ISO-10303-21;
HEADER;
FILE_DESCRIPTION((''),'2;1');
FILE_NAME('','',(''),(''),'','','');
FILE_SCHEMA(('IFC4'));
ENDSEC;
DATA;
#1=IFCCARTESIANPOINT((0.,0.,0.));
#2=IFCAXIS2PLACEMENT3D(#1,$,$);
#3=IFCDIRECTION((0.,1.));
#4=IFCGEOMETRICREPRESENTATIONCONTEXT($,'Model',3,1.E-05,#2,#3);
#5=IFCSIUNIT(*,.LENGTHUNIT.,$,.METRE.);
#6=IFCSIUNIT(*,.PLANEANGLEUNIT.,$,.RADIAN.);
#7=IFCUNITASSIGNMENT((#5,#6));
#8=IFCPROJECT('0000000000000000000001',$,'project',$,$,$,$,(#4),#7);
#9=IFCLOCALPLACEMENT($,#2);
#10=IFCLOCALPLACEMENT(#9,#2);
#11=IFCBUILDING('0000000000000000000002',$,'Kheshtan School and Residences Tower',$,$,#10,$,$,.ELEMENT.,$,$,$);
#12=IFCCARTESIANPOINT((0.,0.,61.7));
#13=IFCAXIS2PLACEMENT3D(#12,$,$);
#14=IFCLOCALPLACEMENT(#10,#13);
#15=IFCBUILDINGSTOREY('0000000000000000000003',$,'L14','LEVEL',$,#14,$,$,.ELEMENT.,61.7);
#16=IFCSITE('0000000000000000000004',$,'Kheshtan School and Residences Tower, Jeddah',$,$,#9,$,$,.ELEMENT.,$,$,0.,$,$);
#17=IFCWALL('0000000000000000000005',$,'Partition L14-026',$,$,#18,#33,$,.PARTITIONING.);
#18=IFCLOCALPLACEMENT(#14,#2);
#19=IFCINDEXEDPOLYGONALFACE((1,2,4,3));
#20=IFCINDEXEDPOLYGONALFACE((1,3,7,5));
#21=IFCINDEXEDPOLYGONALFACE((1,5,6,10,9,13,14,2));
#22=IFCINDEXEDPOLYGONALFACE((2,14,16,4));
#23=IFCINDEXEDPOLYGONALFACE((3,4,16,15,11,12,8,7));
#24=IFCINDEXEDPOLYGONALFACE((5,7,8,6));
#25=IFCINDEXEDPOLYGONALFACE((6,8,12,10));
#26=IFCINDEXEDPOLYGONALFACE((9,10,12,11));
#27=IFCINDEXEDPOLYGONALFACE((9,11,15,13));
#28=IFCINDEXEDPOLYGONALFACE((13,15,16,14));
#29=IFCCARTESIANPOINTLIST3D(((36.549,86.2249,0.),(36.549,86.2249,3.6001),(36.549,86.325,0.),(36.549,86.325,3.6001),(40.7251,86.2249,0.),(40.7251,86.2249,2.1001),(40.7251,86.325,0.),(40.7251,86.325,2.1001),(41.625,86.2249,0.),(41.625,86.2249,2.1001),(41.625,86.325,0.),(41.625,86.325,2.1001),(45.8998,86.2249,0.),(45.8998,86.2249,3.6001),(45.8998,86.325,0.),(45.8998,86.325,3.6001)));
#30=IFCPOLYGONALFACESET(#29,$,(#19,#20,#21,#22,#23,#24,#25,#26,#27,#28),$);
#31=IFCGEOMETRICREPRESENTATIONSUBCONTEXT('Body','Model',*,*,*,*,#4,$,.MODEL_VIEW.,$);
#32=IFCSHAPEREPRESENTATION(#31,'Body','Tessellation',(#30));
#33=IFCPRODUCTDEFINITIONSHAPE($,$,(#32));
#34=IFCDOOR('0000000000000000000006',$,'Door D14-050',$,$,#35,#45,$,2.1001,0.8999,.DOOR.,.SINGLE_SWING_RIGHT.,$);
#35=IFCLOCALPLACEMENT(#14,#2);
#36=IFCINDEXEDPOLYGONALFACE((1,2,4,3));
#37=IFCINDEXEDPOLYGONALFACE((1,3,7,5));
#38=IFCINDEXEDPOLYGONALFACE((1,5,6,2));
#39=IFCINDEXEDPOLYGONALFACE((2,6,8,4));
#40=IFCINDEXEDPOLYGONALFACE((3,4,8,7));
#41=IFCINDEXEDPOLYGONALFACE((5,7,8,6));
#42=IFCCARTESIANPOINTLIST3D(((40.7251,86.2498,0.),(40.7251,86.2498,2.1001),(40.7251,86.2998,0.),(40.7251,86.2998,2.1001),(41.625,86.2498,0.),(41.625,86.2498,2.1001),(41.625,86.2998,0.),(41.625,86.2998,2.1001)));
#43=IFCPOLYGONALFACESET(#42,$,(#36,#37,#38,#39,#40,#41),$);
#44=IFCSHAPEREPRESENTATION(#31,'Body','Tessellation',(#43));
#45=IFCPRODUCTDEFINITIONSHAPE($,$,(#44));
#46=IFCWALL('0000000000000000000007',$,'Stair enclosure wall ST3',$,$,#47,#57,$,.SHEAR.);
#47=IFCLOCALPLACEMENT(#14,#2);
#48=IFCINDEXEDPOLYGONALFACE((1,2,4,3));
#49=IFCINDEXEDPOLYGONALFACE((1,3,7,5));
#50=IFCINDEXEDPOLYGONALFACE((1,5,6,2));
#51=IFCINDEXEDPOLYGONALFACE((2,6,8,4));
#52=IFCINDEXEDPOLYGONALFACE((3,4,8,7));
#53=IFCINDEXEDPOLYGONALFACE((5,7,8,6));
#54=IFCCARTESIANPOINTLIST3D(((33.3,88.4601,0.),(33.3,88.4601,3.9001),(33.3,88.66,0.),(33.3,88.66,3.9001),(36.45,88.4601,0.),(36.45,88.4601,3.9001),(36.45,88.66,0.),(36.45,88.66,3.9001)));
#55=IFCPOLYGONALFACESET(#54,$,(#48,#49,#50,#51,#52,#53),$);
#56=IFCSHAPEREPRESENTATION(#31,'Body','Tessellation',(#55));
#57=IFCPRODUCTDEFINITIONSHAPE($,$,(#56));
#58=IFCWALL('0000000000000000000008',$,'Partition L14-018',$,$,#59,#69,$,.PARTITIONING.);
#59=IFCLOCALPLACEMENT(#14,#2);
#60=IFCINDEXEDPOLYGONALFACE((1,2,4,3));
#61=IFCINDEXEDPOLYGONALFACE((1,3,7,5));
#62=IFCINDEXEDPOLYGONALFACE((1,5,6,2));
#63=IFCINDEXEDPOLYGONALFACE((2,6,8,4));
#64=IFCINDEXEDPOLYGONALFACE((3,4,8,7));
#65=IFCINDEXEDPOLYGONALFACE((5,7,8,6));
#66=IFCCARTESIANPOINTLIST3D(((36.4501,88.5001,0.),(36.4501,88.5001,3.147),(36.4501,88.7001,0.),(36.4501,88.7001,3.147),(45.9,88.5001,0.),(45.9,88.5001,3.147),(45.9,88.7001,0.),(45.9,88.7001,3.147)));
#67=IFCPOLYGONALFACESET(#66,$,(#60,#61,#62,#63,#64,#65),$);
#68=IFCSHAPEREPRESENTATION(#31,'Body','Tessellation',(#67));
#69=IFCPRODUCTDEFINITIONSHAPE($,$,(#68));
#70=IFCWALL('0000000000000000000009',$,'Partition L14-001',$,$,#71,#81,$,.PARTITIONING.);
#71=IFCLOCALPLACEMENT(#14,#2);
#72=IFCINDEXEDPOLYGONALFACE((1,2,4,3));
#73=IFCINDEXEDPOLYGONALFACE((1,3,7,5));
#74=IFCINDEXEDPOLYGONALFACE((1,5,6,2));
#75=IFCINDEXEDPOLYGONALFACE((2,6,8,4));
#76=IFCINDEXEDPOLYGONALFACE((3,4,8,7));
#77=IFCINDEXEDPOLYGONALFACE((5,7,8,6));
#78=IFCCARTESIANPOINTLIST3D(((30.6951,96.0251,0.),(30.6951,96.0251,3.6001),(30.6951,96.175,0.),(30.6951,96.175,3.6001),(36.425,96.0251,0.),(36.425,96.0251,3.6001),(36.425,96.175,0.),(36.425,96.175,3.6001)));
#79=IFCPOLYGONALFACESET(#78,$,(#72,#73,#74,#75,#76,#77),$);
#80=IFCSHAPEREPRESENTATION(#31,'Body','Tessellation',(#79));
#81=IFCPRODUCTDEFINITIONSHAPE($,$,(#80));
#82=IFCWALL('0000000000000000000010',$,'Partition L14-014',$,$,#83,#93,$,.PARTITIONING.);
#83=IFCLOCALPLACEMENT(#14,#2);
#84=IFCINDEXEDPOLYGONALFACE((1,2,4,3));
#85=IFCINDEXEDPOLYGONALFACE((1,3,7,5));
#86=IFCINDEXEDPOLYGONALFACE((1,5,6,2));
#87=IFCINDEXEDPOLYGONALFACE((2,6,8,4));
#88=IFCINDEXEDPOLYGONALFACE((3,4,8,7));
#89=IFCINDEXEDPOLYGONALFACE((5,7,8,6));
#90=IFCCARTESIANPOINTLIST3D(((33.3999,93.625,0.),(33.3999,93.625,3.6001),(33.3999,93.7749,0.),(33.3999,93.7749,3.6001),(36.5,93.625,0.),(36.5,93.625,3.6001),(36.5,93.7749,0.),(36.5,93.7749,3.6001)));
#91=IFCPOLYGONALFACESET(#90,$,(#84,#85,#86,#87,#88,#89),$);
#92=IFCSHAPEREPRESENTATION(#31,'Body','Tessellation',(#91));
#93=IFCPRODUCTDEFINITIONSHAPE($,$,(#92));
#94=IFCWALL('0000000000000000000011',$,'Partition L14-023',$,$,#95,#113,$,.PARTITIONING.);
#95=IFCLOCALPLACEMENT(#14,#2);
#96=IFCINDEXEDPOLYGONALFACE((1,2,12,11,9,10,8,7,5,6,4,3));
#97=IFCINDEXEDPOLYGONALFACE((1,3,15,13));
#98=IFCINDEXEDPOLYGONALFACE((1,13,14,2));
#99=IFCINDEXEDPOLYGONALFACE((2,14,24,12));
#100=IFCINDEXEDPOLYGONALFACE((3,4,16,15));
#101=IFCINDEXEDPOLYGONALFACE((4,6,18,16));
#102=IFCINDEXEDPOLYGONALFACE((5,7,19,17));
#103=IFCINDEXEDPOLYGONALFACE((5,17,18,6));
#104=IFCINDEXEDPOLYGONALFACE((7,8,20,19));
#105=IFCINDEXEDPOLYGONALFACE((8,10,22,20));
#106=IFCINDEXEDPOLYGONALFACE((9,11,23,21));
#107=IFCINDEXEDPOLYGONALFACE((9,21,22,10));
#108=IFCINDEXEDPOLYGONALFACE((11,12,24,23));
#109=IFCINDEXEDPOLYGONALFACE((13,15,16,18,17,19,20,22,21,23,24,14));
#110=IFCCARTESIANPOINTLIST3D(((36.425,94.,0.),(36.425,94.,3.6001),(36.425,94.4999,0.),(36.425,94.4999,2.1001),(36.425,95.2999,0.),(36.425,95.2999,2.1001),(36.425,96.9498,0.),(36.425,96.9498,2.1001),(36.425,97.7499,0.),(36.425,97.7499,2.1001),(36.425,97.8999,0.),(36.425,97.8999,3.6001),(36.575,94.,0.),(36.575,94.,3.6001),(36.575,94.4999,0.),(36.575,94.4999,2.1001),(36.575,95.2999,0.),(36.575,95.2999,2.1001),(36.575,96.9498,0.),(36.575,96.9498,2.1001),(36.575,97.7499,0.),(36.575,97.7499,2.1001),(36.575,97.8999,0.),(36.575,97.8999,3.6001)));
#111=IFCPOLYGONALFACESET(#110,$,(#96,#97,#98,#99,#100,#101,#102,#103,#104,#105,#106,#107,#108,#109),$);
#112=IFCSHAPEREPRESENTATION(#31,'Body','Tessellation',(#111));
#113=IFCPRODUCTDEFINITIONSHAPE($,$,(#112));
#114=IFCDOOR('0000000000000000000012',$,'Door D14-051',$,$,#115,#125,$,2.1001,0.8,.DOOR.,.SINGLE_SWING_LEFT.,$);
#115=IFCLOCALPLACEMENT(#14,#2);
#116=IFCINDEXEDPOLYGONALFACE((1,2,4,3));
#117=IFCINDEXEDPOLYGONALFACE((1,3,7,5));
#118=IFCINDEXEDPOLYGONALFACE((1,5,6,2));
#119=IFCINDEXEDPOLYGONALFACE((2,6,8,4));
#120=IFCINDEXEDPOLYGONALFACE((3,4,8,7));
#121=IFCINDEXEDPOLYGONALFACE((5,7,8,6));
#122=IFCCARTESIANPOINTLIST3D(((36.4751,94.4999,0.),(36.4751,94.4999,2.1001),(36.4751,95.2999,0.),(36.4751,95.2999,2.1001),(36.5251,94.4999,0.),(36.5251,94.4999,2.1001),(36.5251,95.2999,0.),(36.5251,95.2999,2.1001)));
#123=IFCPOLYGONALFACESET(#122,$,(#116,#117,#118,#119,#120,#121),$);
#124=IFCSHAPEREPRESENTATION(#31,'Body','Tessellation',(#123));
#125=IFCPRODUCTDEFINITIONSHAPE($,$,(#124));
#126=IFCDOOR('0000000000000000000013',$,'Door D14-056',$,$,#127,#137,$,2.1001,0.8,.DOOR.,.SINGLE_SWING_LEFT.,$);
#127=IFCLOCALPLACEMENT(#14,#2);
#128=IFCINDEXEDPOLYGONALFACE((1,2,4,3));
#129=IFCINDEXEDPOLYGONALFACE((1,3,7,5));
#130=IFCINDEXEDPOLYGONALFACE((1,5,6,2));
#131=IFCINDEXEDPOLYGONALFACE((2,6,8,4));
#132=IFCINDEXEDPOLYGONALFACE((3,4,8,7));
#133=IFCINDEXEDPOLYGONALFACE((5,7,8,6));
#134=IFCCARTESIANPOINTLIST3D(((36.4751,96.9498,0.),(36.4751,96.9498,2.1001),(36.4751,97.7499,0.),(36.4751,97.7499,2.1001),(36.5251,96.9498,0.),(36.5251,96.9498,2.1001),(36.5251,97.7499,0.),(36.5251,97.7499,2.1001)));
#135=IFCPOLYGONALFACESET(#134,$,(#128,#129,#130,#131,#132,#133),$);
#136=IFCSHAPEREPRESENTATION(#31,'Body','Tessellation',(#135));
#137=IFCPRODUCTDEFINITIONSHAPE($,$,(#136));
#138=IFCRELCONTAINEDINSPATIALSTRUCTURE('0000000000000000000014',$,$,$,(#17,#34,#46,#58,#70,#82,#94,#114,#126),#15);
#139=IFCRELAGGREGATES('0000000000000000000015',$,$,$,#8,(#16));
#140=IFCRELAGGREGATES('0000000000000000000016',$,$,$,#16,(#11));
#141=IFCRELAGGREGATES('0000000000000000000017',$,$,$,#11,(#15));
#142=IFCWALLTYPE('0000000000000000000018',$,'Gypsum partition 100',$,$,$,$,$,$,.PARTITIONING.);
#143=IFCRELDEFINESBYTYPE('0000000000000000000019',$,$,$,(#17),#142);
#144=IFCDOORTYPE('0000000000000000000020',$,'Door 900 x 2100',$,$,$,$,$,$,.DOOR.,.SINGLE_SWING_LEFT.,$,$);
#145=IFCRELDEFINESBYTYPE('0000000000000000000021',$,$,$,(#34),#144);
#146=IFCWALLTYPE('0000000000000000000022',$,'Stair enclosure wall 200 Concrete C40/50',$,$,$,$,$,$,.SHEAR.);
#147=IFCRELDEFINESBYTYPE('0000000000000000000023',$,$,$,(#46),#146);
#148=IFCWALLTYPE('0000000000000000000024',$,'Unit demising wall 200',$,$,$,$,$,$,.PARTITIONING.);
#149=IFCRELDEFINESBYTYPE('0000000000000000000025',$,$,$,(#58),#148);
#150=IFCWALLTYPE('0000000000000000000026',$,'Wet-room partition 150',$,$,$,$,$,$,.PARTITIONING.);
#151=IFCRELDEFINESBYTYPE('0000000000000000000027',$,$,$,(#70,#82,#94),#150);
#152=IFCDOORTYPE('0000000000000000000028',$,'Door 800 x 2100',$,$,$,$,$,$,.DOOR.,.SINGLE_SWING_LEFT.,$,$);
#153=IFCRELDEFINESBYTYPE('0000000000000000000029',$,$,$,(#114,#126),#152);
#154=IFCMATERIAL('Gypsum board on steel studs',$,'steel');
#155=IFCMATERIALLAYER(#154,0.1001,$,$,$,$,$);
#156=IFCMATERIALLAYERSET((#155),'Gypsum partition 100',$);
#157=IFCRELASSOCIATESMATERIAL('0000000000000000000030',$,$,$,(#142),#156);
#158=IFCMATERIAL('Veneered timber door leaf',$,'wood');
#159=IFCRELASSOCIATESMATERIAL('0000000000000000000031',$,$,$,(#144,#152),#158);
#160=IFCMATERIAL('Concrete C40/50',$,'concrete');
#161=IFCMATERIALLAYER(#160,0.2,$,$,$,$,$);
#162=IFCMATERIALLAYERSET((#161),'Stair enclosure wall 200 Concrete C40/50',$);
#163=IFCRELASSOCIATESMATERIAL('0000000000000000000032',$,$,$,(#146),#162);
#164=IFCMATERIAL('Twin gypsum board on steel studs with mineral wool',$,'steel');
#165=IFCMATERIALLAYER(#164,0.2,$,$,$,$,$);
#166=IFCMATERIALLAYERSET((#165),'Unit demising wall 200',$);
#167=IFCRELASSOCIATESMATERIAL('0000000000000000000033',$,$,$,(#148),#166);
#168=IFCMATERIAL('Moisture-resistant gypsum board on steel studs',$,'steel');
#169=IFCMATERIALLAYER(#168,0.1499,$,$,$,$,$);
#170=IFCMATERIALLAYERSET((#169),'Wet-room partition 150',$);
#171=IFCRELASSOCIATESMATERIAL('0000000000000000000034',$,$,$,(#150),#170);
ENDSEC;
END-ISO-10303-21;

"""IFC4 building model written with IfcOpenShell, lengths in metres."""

from ifc_helpers import new_model, si_unit, direction, frame, frame_2d, origin, place, context, subcontext, project, spatial, rectangle, extrude, source, transform, mapped, material, layer, layer_set, type_object, element, fill, save


model = new_model("IFC4")

# Units and contexts
model_context = context("Model", 3, precision=1e-05, world=origin(), true_north=direction((0.0, 1.0)))
body_context = subcontext(model_context, "Body", "Model", "MODEL_VIEW")
ifc_project = project(units=[si_unit("LENGTHUNIT", "METRE"), si_unit("PLANEANGLEUNIT", "RADIAN")], contexts=[model_context])

# Site, building, storey
site_placement = place(None, origin())
site = spatial("IfcSite", under=ifc_project, at=site_placement, Name="Kheshtan School and Residences Tower, Jeddah", CompositionType="ELEMENT", RefElevation=0.0)
building_placement = place(site_placement, origin())
building = spatial("IfcBuilding", under=site, at=building_placement, Name="Kheshtan School and Residences Tower", CompositionType="ELEMENT")
storey_placement = place(building_placement, frame((0.0, 0.0, 61.7)))
storey = spatial("IfcBuildingStorey", under=building, at=storey_placement, Name="L14", Description="LEVEL", CompositionType="ELEMENT", Elevation=61.7)

# Shared definitions
ifc_material_1 = material(Name="Gypsum board on steel studs", Category="steel")
ifc_layer_1 = layer(ifc_material_1, 0.1001)
ifc_layer_set_1 = layer_set([ifc_layer_1], Name="Gypsum partition 100")
wall_type_1 = type_object("IfcWallType", Name="Gypsum partition 100", PredefinedType="PARTITIONING", material=ifc_layer_set_1)

# Wall, opening, door
ifc_material_2 = material(Name="Veneered timber door leaf", Category="wood")
door_type_1 = type_object("IfcDoorType", Name="Door 900 x 2100", OperationType="SINGLE_SWING_LEFT", PredefinedType="DOOR", material=ifc_material_2)
shared_shape_1 = source(origin(), body_context, "Body", "SweptSolid", [
    extrude(rectangle(XDim=0.8999, YDim=2.1001, at=frame_2d((0.45, 1.05))), frame((0.0, 0.0249, 0.0), z_axis=(0.0, -1.0, 0.0), x_axis=(1.0, 0.0, 0.0)), (0.0, 0.0, 1.0), 0.05),
])
wall_1_placement = place(storey_placement, frame((36.5491, 86.2749, 0.0), z_axis=(0.0, 0.0, 1.0), x_axis=(1.0, 0.0, 0.0)))
wall_1 = element("IfcWall", 1, at=wall_1_placement, inside=storey, type_object=wall_type_1, Name="Partition L14-026", PredefinedType="PARTITIONING", context=body_context, shape_type="SweptSolid", body=[
    extrude(rectangle(XDim=9.3508, YDim=0.1001, at=frame_2d((4.6753, 0.0))), origin(), (0.0, 0.0, 1.0), 3.6001),
])
opening_1_placement = place(wall_1_placement, frame((4.176, 0.0, 0.0)))
opening_1 = element("IfcOpeningElement", 2, at=opening_1_placement, cuts=wall_1, PredefinedType="OPENING", context=body_context, shape_type="SweptSolid", body=[
    extrude(rectangle(XDim=0.8999, YDim=2.1001, at=frame_2d((0.45, 1.05))), frame((0.0, 0.0601, 0.0), z_axis=(0.0, -1.0, 0.0), x_axis=(1.0, 0.0, 0.0)), (0.0, 0.0, 1.0), 0.1201),
])
door_1_placement = place(opening_1_placement, origin())
door_1 = element("IfcDoor", 3, at=door_1_placement, inside=storey, type_object=door_type_1, Name="Door D14-050", OperationType="SINGLE_SWING_RIGHT", OverallHeight=2.1001, OverallWidth=0.8999, PredefinedType="DOOR", context=body_context, shape_type="MappedRepresentation", body=[
    mapped(shared_shape_1, transform((0.0, 0.0, 0.0), x_axis=(1.0, 0.0, 0.0), y_axis=(0.0, 1.0, 0.0), z_axis=(0.0, 0.0, 1.0), scale=1.0)),
])
fill(opening_1, door_1)

# Walls
ifc_material_3 = material(Name="Concrete C40/50", Category="concrete")
ifc_layer_2 = layer(ifc_material_3, 0.2)
ifc_layer_set_2 = layer_set([ifc_layer_2], Name="Stair enclosure wall 200 Concrete C40/50")
wall_type_2 = type_object("IfcWallType", Name="Stair enclosure wall 200 Concrete C40/50", PredefinedType="SHEAR", material=ifc_layer_set_2)
wall_2_placement = place(storey_placement, frame((33.3, 88.5601, 0.0), z_axis=(0.0, 0.0, 1.0), x_axis=(1.0, 0.0, 0.0)))
element("IfcWall", 4, at=wall_2_placement, inside=storey, type_object=wall_type_2, Name="Stair enclosure wall ST3", PredefinedType="SHEAR", context=body_context, shape_type="SweptSolid", body=[
    extrude(rectangle(XDim=3.1499, YDim=0.2, at=frame_2d((1.575, 0.0))), origin(), (0.0, 0.0, 1.0), 3.9001),
])
ifc_material_4 = material(Name="Twin gypsum board on steel studs with mineral wool", Category="steel")
ifc_layer_3 = layer(ifc_material_4, 0.2)
ifc_layer_set_3 = layer_set([ifc_layer_3], Name="Unit demising wall 200")
wall_type_3 = type_object("IfcWallType", Name="Unit demising wall 200", PredefinedType="PARTITIONING", material=ifc_layer_set_3)
wall_3_placement = place(storey_placement, frame((36.45, 88.6001, 0.0), z_axis=(0.0, 0.0, 1.0), x_axis=(1.0, 0.0, 0.0)))
element("IfcWall", 5, at=wall_3_placement, inside=storey, type_object=wall_type_3, Name="Partition L14-018", PredefinedType="PARTITIONING", context=body_context, shape_type="SweptSolid", body=[
    extrude(rectangle(XDim=9.45, YDim=0.2, at=frame_2d((4.7251, 0.0))), origin(), (0.0, 0.0, 1.0), 3.147),
])
ifc_material_5 = material(Name="Moisture-resistant gypsum board on steel studs", Category="steel")
ifc_layer_4 = layer(ifc_material_5, 0.1499)
ifc_layer_set_4 = layer_set([ifc_layer_4], Name="Wet-room partition 150")
wall_type_4 = type_object("IfcWallType", Name="Wet-room partition 150", PredefinedType="PARTITIONING", material=ifc_layer_set_4)
wall_4_placement = place(storey_placement, frame((30.6951, 96.1001, 0.0), z_axis=(0.0, 0.0, 1.0), x_axis=(1.0, 0.0, 0.0)))
element("IfcWall", 6, at=wall_4_placement, inside=storey, type_object=wall_type_4, Name="Partition L14-001", PredefinedType="PARTITIONING", context=body_context, shape_type="SweptSolid", body=[
    extrude(rectangle(XDim=5.73, YDim=0.1499, at=frame_2d((2.865, 0.0))), origin(), (0.0, 0.0, 1.0), 3.6001),
])
wall_5_placement = place(storey_placement, frame((33.3999, 93.7, 0.0), z_axis=(0.0, 0.0, 1.0), x_axis=(1.0, 0.0, 0.0)))
element("IfcWall", 7, at=wall_5_placement, inside=storey, type_object=wall_type_4, Name="Partition L14-014", PredefinedType="PARTITIONING", context=body_context, shape_type="SweptSolid", body=[
    extrude(rectangle(XDim=3.1001, YDim=0.1499, at=frame_2d((1.55, 0.0))), origin(), (0.0, 0.0, 1.0), 3.6001),
])

# Wall, openings, doors
wall_6_placement = place(storey_placement, frame((36.5, 94.0, 0.0), z_axis=(0.0, 0.0, 1.0), x_axis=(0.0, 1.0, 0.0)))
wall_6 = element("IfcWall", 8, at=wall_6_placement, inside=storey, type_object=wall_type_4, Name="Partition L14-023", PredefinedType="PARTITIONING", context=body_context, shape_type="SweptSolid", body=[
    extrude(rectangle(XDim=3.8999, YDim=0.1499, at=frame_2d((1.95, 0.0))), origin(), (0.0, 0.0, 1.0), 3.6001),
])
opening_2_placement = place(wall_6_placement, frame((0.5, 0.0, 0.0)))
opening_2 = element("IfcOpeningElement", 9, at=opening_2_placement, cuts=wall_6, PredefinedType="OPENING", context=body_context, shape_type="SweptSolid", body=[
    extrude(rectangle(XDim=0.8, YDim=2.1001, at=frame_2d((0.3999, 1.05))), frame((0.0, 0.085, 0.0), z_axis=(0.0, -1.0, 0.0), x_axis=(1.0, 0.0, 0.0)), (0.0, 0.0, 1.0), 0.1699),
])
opening_3_placement = place(wall_6_placement, frame((2.95, 0.0, 0.0)))
opening_3 = element("IfcOpeningElement", 10, at=opening_3_placement, cuts=wall_6, PredefinedType="OPENING", context=body_context, shape_type="SweptSolid", body=[
    extrude(rectangle(XDim=0.8, YDim=2.1001, at=frame_2d((0.3999, 1.05))), frame((0.0, 0.085, 0.0), z_axis=(0.0, -1.0, 0.0), x_axis=(1.0, 0.0, 0.0)), (0.0, 0.0, 1.0), 0.1699),
])
door_type_2 = type_object("IfcDoorType", Name="Door 800 x 2100", OperationType="SINGLE_SWING_LEFT", PredefinedType="DOOR", material=ifc_material_2)
shared_shape_2 = source(origin(), body_context, "Body", "SweptSolid", [
    extrude(rectangle(XDim=0.8, YDim=2.1001, at=frame_2d((0.3999, 1.05))), frame((0.0, 0.0249, 0.0), z_axis=(0.0, -1.0, 0.0), x_axis=(1.0, 0.0, 0.0)), (0.0, 0.0, 1.0), 0.05),
])
door_2_placement = place(opening_2_placement, origin())
door_2 = element("IfcDoor", 11, at=door_2_placement, inside=storey, type_object=door_type_2, Name="Door D14-051", OperationType="SINGLE_SWING_LEFT", OverallHeight=2.1001, OverallWidth=0.8, PredefinedType="DOOR", context=body_context, shape_type="MappedRepresentation", body=[
    mapped(shared_shape_2, transform((0.0, 0.0, 0.0), x_axis=(1.0, 0.0, 0.0), y_axis=(0.0, 1.0, 0.0), z_axis=(0.0, 0.0, 1.0), scale=1.0)),
])
fill(opening_2, door_2)
door_3_placement = place(opening_3_placement, origin())
door_3 = element("IfcDoor", 12, at=door_3_placement, inside=storey, type_object=door_type_2, Name="Door D14-056", OperationType="SINGLE_SWING_LEFT", OverallHeight=2.1001, OverallWidth=0.8, PredefinedType="DOOR", context=body_context, shape_type="MappedRepresentation", body=[
    mapped(shared_shape_2, transform((0.0, 0.0, 0.0), x_axis=(1.0, 0.0, 0.0), y_axis=(0.0, 1.0, 0.0), z_axis=(0.0, 0.0, 1.0), scale=1.0)),
])
fill(opening_3, door_3)

save(model, "model.ifc")
